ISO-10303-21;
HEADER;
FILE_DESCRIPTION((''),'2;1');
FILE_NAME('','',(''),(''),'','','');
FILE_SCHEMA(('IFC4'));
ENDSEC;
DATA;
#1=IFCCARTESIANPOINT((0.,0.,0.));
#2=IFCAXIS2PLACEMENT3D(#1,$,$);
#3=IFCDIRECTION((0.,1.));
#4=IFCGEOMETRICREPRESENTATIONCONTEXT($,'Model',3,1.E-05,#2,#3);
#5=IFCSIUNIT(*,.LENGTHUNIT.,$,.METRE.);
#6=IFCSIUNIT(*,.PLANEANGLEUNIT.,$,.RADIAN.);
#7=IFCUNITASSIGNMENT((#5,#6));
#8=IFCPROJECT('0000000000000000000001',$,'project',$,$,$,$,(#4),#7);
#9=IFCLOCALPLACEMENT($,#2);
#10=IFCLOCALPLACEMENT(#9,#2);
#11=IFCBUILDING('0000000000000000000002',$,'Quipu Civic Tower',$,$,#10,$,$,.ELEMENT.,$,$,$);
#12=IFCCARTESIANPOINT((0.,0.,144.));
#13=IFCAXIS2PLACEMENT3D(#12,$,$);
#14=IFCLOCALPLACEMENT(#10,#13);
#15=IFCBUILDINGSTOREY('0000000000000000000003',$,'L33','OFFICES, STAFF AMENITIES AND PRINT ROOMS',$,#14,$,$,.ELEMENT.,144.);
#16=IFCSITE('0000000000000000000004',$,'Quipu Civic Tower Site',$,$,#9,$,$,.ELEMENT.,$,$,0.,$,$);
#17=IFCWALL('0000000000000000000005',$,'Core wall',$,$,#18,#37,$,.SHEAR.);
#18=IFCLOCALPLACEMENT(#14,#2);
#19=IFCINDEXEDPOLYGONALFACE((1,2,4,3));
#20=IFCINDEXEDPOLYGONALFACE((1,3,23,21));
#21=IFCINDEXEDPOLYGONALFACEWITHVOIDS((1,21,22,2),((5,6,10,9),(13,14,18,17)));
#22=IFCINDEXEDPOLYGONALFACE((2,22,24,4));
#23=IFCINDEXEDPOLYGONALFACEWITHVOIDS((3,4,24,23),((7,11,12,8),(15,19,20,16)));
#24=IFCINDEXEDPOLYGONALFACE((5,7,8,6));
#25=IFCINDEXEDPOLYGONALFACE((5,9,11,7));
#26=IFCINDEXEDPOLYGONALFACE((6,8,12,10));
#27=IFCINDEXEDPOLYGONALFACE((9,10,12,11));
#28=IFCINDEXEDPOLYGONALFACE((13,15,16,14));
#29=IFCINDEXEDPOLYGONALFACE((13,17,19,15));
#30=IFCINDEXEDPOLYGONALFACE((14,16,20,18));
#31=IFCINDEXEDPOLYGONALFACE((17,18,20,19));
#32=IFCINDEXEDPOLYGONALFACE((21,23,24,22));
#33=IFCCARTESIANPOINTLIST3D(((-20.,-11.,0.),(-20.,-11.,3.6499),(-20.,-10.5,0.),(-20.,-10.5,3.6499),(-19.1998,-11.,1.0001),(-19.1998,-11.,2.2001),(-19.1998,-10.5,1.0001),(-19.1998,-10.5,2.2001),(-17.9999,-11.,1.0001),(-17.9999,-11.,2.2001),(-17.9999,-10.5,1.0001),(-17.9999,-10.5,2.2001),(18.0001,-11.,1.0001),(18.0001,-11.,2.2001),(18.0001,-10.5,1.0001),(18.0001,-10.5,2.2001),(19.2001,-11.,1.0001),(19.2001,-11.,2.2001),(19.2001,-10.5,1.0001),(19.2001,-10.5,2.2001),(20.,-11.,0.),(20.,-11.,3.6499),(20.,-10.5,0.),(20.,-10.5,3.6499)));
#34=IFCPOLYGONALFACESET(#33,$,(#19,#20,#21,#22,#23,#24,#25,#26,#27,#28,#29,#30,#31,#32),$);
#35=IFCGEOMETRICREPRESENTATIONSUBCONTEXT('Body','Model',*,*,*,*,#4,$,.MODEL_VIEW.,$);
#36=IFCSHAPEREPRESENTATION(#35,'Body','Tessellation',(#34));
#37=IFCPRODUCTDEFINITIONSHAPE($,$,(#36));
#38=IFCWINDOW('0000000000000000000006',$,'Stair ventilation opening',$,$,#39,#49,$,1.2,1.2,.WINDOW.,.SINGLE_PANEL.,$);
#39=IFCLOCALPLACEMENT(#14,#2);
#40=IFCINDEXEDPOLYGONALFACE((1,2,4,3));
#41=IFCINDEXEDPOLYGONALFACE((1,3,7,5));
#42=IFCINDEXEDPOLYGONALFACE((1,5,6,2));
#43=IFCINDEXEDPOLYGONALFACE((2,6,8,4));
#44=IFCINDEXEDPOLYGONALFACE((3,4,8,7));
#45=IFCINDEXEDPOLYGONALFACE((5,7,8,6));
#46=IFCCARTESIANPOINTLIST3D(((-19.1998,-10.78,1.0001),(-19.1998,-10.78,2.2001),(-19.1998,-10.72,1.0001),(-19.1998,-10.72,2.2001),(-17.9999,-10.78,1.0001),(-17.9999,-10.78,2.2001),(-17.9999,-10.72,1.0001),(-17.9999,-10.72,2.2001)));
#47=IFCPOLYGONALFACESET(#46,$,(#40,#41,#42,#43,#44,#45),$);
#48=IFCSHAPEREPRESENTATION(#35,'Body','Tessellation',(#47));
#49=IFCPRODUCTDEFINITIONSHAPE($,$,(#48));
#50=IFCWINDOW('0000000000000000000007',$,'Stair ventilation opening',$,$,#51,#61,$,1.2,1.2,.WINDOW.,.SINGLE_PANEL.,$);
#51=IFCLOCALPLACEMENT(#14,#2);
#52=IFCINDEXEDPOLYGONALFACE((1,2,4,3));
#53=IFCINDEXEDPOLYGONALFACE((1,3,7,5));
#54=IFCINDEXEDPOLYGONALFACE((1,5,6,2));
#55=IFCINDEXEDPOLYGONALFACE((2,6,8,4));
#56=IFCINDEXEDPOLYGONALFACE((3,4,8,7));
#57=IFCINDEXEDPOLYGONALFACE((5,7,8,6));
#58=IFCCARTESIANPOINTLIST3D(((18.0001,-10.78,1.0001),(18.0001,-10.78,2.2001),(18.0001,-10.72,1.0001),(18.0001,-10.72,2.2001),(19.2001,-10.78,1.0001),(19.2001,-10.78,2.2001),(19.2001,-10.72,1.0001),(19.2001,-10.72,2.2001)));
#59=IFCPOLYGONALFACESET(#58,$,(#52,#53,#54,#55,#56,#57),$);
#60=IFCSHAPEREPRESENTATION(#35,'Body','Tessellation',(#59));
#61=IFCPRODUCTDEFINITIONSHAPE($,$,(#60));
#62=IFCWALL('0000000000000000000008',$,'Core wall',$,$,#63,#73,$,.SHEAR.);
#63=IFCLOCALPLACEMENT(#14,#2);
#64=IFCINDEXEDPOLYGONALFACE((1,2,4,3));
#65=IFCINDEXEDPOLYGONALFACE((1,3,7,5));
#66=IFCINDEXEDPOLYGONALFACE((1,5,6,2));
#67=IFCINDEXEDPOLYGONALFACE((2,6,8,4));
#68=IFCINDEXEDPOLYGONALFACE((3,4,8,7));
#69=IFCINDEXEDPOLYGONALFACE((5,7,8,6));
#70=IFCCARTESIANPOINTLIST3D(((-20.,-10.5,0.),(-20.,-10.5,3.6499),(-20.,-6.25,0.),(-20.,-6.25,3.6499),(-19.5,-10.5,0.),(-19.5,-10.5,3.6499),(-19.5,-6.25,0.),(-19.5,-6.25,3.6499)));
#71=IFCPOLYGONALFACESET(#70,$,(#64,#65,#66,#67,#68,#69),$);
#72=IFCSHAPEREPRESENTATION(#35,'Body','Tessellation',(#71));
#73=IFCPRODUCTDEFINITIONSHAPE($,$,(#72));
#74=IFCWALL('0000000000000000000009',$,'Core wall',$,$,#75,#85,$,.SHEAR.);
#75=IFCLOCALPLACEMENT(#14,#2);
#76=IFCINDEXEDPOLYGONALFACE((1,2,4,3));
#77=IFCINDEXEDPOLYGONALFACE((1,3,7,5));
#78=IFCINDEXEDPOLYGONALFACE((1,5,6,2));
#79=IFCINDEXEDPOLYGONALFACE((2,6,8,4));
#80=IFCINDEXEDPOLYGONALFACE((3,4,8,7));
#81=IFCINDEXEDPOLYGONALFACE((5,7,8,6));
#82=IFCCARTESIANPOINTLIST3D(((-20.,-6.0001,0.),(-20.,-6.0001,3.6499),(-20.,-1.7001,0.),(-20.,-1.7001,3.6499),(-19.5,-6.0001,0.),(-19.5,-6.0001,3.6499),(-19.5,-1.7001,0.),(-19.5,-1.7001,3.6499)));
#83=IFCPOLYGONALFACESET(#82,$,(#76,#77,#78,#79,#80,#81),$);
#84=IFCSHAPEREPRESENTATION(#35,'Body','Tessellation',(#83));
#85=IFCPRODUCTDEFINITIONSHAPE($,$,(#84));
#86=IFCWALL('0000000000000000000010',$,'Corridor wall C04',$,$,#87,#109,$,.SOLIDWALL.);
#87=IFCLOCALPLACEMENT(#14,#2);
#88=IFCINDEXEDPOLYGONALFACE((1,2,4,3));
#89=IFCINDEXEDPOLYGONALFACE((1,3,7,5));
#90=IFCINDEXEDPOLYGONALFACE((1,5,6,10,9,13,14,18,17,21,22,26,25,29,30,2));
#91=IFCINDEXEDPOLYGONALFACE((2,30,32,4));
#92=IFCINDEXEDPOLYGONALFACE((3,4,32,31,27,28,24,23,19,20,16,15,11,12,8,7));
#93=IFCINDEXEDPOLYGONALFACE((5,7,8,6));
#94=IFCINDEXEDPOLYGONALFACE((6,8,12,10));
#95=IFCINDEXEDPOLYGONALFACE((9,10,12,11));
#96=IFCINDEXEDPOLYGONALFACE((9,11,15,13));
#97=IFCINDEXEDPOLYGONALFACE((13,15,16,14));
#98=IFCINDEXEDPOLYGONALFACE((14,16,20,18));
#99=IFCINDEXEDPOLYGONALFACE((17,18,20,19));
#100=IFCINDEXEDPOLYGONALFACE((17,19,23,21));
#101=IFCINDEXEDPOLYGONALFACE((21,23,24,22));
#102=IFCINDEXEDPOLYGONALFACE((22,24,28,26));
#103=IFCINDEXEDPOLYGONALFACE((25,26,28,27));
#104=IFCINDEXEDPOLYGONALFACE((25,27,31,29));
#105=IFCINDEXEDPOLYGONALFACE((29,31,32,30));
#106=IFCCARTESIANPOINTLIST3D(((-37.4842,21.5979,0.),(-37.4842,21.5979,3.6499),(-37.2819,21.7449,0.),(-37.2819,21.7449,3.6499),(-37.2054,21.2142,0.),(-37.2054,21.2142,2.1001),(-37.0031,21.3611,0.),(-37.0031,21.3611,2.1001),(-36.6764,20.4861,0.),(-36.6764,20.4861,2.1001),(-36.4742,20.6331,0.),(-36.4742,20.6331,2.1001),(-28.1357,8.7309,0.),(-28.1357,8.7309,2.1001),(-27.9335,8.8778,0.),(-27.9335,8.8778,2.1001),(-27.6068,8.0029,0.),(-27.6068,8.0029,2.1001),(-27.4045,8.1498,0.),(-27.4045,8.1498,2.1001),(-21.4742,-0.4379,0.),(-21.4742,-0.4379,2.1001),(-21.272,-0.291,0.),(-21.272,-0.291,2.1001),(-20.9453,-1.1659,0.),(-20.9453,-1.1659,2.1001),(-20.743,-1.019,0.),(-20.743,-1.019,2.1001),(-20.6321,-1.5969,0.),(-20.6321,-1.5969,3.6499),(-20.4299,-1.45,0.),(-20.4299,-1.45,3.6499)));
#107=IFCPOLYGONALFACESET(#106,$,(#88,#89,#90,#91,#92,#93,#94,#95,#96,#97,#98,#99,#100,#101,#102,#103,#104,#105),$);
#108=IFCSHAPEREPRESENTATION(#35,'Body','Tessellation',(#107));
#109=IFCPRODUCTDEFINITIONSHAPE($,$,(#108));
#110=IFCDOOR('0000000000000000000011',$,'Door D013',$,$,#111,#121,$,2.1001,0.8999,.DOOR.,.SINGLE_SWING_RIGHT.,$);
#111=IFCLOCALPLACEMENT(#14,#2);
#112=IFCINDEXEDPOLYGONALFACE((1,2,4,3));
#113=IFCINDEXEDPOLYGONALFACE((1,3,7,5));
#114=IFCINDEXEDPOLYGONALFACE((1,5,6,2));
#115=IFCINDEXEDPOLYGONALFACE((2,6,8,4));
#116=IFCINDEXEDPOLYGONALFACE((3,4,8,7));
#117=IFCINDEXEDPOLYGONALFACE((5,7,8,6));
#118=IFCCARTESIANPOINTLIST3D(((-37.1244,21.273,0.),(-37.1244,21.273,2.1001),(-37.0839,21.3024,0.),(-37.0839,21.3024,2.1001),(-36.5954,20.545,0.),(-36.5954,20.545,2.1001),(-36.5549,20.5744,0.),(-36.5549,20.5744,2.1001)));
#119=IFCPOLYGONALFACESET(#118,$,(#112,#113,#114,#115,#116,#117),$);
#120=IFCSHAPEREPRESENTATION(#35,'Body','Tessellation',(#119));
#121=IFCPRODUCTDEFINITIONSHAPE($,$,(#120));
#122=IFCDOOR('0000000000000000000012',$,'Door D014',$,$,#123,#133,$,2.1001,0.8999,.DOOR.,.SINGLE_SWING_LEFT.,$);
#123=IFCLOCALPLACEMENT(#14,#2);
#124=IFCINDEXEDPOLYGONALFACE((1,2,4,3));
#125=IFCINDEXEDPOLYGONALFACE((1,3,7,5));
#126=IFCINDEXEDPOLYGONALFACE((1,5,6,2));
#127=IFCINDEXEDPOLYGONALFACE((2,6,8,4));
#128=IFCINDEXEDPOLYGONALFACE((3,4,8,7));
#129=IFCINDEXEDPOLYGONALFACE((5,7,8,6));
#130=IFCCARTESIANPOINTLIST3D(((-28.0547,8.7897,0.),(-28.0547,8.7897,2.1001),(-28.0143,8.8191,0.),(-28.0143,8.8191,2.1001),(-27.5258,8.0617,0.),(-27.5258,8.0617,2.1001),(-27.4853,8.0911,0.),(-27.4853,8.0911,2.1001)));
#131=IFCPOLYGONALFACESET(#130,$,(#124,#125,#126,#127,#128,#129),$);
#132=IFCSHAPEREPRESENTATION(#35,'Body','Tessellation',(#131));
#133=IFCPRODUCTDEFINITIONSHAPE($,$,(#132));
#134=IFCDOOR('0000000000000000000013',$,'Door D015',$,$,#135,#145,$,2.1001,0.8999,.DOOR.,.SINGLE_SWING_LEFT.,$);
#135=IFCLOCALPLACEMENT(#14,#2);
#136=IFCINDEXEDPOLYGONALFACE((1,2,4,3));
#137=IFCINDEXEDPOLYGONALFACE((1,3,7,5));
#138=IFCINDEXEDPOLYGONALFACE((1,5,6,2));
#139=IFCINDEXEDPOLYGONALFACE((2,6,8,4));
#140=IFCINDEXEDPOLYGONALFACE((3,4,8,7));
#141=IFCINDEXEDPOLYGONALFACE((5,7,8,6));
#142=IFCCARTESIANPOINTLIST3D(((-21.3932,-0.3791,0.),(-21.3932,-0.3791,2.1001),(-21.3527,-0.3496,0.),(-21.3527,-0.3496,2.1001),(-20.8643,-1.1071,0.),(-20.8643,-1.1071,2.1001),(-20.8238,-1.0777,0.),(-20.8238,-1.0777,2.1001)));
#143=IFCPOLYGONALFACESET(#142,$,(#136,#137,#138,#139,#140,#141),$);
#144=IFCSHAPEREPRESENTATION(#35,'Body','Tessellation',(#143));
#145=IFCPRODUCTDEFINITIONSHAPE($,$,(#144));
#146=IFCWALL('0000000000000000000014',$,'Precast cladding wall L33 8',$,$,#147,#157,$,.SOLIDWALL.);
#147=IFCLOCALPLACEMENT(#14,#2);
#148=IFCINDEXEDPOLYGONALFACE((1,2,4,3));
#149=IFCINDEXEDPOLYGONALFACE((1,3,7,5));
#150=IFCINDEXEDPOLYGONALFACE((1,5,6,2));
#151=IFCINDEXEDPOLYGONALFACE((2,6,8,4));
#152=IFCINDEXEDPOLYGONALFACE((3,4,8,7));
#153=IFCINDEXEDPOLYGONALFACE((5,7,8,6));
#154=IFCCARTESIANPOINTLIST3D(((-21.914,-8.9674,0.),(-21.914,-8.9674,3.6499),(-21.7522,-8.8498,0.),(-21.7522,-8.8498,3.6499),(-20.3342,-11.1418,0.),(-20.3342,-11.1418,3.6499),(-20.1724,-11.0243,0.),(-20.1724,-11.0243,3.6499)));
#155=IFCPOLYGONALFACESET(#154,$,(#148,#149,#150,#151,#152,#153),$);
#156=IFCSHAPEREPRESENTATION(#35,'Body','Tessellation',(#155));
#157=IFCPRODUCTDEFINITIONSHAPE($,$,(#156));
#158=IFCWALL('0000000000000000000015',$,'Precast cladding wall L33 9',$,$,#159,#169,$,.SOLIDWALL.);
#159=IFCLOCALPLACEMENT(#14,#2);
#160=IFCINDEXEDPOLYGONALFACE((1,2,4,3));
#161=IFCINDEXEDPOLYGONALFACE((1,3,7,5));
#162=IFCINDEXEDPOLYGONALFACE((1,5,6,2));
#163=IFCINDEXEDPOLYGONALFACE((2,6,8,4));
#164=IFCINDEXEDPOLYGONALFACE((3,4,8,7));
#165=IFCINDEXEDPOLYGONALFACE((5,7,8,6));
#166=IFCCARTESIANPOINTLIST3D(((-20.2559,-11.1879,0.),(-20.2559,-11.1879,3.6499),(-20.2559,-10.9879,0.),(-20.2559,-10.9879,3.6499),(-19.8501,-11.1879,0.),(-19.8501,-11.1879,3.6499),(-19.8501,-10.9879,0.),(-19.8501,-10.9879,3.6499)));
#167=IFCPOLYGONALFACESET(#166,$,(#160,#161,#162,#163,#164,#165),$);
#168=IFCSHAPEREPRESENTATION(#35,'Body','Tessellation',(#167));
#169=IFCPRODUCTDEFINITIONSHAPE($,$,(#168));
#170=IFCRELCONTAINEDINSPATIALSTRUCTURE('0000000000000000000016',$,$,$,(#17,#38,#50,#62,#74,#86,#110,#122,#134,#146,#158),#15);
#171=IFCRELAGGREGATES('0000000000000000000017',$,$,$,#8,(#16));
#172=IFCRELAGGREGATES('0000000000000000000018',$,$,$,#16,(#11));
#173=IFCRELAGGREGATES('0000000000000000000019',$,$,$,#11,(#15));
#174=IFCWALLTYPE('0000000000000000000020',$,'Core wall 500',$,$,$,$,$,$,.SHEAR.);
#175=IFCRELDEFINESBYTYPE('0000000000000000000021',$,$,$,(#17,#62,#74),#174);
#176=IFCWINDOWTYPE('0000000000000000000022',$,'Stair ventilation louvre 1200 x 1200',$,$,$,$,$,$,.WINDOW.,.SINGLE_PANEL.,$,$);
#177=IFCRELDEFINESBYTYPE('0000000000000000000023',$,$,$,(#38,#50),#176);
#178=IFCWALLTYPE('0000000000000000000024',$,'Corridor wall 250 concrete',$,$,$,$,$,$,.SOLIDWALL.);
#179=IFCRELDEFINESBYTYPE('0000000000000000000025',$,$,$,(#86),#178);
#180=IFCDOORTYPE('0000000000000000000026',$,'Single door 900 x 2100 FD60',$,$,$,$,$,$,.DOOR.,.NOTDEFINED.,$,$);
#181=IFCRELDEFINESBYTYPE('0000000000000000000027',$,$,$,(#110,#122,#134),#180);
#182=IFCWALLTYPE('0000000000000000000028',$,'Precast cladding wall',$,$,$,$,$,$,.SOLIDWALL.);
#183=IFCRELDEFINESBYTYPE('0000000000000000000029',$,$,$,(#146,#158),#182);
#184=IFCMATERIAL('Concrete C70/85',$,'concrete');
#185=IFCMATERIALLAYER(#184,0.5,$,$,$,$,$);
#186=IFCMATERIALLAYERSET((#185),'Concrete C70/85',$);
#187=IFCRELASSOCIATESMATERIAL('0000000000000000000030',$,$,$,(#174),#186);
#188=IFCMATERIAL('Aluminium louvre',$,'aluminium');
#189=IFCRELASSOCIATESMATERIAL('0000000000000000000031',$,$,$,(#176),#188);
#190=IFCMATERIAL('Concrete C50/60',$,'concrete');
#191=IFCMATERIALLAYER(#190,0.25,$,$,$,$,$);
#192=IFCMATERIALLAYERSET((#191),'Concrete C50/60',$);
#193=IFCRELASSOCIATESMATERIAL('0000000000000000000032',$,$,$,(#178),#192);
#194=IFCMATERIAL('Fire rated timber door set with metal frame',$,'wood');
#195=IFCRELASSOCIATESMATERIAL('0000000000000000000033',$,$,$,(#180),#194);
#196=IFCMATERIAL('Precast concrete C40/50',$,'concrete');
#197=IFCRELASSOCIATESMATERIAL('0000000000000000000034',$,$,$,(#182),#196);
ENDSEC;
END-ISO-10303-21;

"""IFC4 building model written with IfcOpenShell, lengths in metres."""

from ifc_helpers import new_model, si_unit, direction, frame, frame_2d, origin, place, context, subcontext, project, spatial, rectangle, extrude, material, layer, layer_set, type_object, element, fill, save


model = new_model("IFC4")

# Units and contexts
model_context = context("Model", 3, precision=1e-05, world=origin(), true_north=direction((0.0, 1.0)))
body_context = subcontext(model_context, "Body", "Model", "MODEL_VIEW")
ifc_project = project(units=[si_unit("LENGTHUNIT", "METRE"), si_unit("PLANEANGLEUNIT", "RADIAN")], contexts=[model_context])

# Site, building, storey
site_placement = place(None, origin())
site = spatial("IfcSite", under=ifc_project, at=site_placement, Name="Quipu Civic Tower Site", CompositionType="ELEMENT", RefElevation=0.0)
building_placement = place(site_placement, origin())
building = spatial("IfcBuilding", under=site, at=building_placement, Name="Quipu Civic Tower", CompositionType="ELEMENT")
storey_placement = place(building_placement, frame((0.0, 0.0, 144.0)))
storey = spatial("IfcBuildingStorey", under=building, at=storey_placement, Name="L33", Description="OFFICES, STAFF AMENITIES AND PRINT ROOMS", CompositionType="ELEMENT", Elevation=144.0)

# Wall, openings, windows
ifc_material_1 = material(Name="Concrete C70/85", Category="concrete")
ifc_layer_1 = layer(ifc_material_1, 0.5)
ifc_layer_set_1 = layer_set([ifc_layer_1], Name="Concrete C70/85")
wall_type_1 = type_object("IfcWallType", Name="Core wall 500", PredefinedType="SHEAR", material=ifc_layer_set_1)
wall_1_placement = place(storey_placement, frame((-20.0, -10.75, 0.0), z_axis=(0.0, 0.0, 1.0), x_axis=(1.0, 0.0, 0.0)))
wall_1 = element("IfcWall", 1, at=wall_1_placement, inside=storey, type_object=wall_type_1, Name="Core wall", PredefinedType="SHEAR", context=body_context, shape_type="SweptSolid", body=[
    extrude(rectangle(XDim=40.0, YDim=0.5, at=frame_2d((20.0, 0.0))), origin(), (0.0, 0.0, 1.0), 3.6499),
])
opening_1_placement = place(wall_1_placement, frame((0.8, 0.0, 1.0)))
opening_1 = element("IfcOpeningElement", 2, at=opening_1_placement, cuts=wall_1, PredefinedType="OPENING", context=body_context, shape_type="SweptSolid", body=[
    extrude(rectangle(XDim=1.2, YDim=1.2, at=frame_2d((0.6001, 0.6001))), frame((0.0, 0.26, 0.0), z_axis=(0.0, -1.0, 0.0), x_axis=(1.0, 0.0, 0.0)), (0.0, 0.0, 1.0), 0.52),
])
opening_2_placement = place(wall_1_placement, frame((38.0, 0.0, 1.0)))
opening_2 = element("IfcOpeningElement", 3, at=opening_2_placement, cuts=wall_1, PredefinedType="OPENING", context=body_context, shape_type="SweptSolid", body=[
    extrude(rectangle(XDim=1.2, YDim=1.2, at=frame_2d((0.6001, 0.6001))), frame((0.0, 0.26, 0.0), z_axis=(0.0, -1.0, 0.0), x_axis=(1.0, 0.0, 0.0)), (0.0, 0.0, 1.0), 0.52),
])
ifc_material_2 = material(Name="Aluminium louvre", Category="aluminium")
window_type = type_object("IfcWindowType", Name="Stair ventilation louvre 1200 x 1200", PartitioningType="SINGLE_PANEL", PredefinedType="WINDOW", material=ifc_material_2)
window_1_placement = place(opening_1_placement, origin())
window_1 = element("IfcWindow", 4, at=window_1_placement, inside=storey, type_object=window_type, Name="Stair ventilation opening", OverallHeight=1.2, OverallWidth=1.2, PartitioningType="SINGLE_PANEL", PredefinedType="WINDOW", context=body_context, shape_type="SweptSolid", body=[
    extrude(rectangle(XDim=1.2, YDim=1.2, at=frame_2d((0.6001, 0.6001))), frame((0.0, 0.03, 0.0), z_axis=(0.0, -1.0, 0.0), x_axis=(1.0, 0.0, 0.0)), (0.0, 0.0, 1.0), 0.0601),
])
fill(opening_1, window_1)
window_2_placement = place(opening_2_placement, origin())
window_2 = element("IfcWindow", 5, at=window_2_placement, inside=storey, type_object=window_type, Name="Stair ventilation opening", OverallHeight=1.2, OverallWidth=1.2, PartitioningType="SINGLE_PANEL", PredefinedType="WINDOW", context=body_context, shape_type="SweptSolid", body=[
    extrude(rectangle(XDim=1.2, YDim=1.2, at=frame_2d((0.6001, 0.6001))), frame((0.0, 0.03, 0.0), z_axis=(0.0, -1.0, 0.0), x_axis=(1.0, 0.0, 0.0)), (0.0, 0.0, 1.0), 0.0601),
])
fill(opening_2, window_2)

# Walls
wall_2_placement = place(storey_placement, frame((-19.75, -10.5, 0.0), z_axis=(0.0, 0.0, 1.0), x_axis=(0.0, 1.0, 0.0)))
element("IfcWall", 6, at=wall_2_placement, inside=storey, type_object=wall_type_1, Name="Core wall", PredefinedType="SHEAR", context=body_context, shape_type="SweptSolid", body=[
    extrude(rectangle(XDim=4.25, YDim=0.5, at=frame_2d((2.125, 0.0))), origin(), (0.0, 0.0, 1.0), 3.6499),
])
wall_3_placement = place(storey_placement, frame((-19.75, -6.0, 0.0), z_axis=(0.0, 0.0, 1.0), x_axis=(0.0, 1.0, 0.0)))
element("IfcWall", 7, at=wall_3_placement, inside=storey, type_object=wall_type_1, Name="Core wall", PredefinedType="SHEAR", context=body_context, shape_type="SweptSolid", body=[
    extrude(rectangle(XDim=4.3, YDim=0.5, at=frame_2d((2.1499, 0.0))), origin(), (0.0, 0.0, 1.0), 3.6499),
])

# Wall, openings, doors
ifc_material_3 = material(Name="Concrete C50/60", Category="concrete")
ifc_layer_2 = layer(ifc_material_3, 0.25)
ifc_layer_set_2 = layer_set([ifc_layer_2], Name="Concrete C50/60")
wall_type_2 = type_object("IfcWallType", Name="Corridor wall 250 concrete", PredefinedType="SOLIDWALL", material=ifc_layer_set_2)
wall_4_placement = place(storey_placement, frame((-20.531, -1.5234, 0.0), z_axis=(0.0, 0.0, 1.0), x_axis=(-0.587786, 0.809017, 0.0)))
wall_4 = element("IfcWall", 8, at=wall_4_placement, inside=storey, type_object=wall_type_2, Name="Corridor wall C04", PredefinedType="SOLIDWALL", context=body_context, shape_type="SweptSolid", body=[
    extrude(rectangle(XDim=28.6704, YDim=0.25, at=frame_2d((14.3352, 0.0))), origin(), (0.0, 0.0, 1.0), 3.6499),
])
opening_3_placement = place(wall_4_placement, frame((27.2961, 0.0, 0.0)))
opening_3 = element("IfcOpeningElement", 9, at=opening_3_placement, cuts=wall_4, PredefinedType="OPENING", context=body_context, shape_type="SweptSolid", body=[
    extrude(rectangle(XDim=0.8999, YDim=2.1001, at=frame_2d((0.45, 1.05))), frame((0.0, 0.135, 0.0), z_axis=(0.0, -1.0, 0.0), x_axis=(1.0, 0.0, 0.0)), (0.0, 0.0, 1.0), 0.27),
])
opening_4_placement = place(wall_4_placement, frame((11.866, 0.0, 0.0)))
opening_4 = element("IfcOpeningElement", 10, at=opening_4_placement, cuts=wall_4, PredefinedType="OPENING", context=body_context, shape_type="SweptSolid", body=[
    extrude(rectangle(XDim=0.8999, YDim=2.1001, at=frame_2d((0.45, 1.05))), frame((0.0, 0.135, 0.0), z_axis=(0.0, -1.0, 0.0), x_axis=(1.0, 0.0, 0.0)), (0.0, 0.0, 1.0), 0.27),
])
opening_5_placement = place(wall_4_placement, frame((0.5327, 0.0, 0.0)))
opening_5 = element("IfcOpeningElement", 11, at=opening_5_placement, cuts=wall_4, PredefinedType="OPENING", context=body_context, shape_type="SweptSolid", body=[
    extrude(rectangle(XDim=0.8999, YDim=2.1001, at=frame_2d((0.45, 1.05))), frame((0.0, 0.135, 0.0), z_axis=(0.0, -1.0, 0.0), x_axis=(1.0, 0.0, 0.0)), (0.0, 0.0, 1.0), 0.27),
])
ifc_material_4 = material(Name="Fire rated timber door set with metal frame", Category="wood")
door_type_1 = type_object("IfcDoorType", Name="Single door 900 x 2100 FD60", OperationType="NOTDEFINED", PredefinedType="DOOR", material=ifc_material_4)
door_1_placement = place(opening_3_placement, origin())
door_1 = element("IfcDoor", 12, at=door_1_placement, inside=storey, type_object=door_type_1, Name="Door D013", OperationType="SINGLE_SWING_RIGHT", OverallHeight=2.1001, OverallWidth=0.8999, PredefinedType="DOOR", context=body_context, shape_type="SweptSolid", body=[
    extrude(rectangle(XDim=0.8999, YDim=2.1001, at=frame_2d((0.45, 1.05))), frame((0.0, 0.0249, 0.0), z_axis=(0.0, -1.0, 0.0), x_axis=(1.0, 0.0, 0.0)), (0.0, 0.0, 1.0), 0.05),
])
fill(opening_3, door_1)
door_2_placement = place(opening_4_placement, origin())
door_2 = element("IfcDoor", 13, at=door_2_placement, inside=storey, type_object=door_type_1, Name="Door D014", OperationType="SINGLE_SWING_LEFT", OverallHeight=2.1001, OverallWidth=0.8999, PredefinedType="DOOR", context=body_context, shape_type="SweptSolid", body=[
    extrude(rectangle(XDim=0.8999, YDim=2.1001, at=frame_2d((0.45, 1.05))), frame((0.0, 0.0249, 0.0), z_axis=(0.0, -1.0, 0.0), x_axis=(1.0, 0.0, 0.0)), (0.0, 0.0, 1.0), 0.05),
])
fill(opening_4, door_2)
door_3_placement = place(opening_5_placement, origin())
door_3 = element("IfcDoor", 14, at=door_3_placement, inside=storey, type_object=door_type_1, Name="Door D015", OperationType="SINGLE_SWING_LEFT", OverallHeight=2.1001, OverallWidth=0.8999, PredefinedType="DOOR", context=body_context, shape_type="SweptSolid", body=[
    extrude(rectangle(XDim=0.8999, YDim=2.1001, at=frame_2d((0.45, 1.05))), frame((0.0, 0.0249, 0.0), z_axis=(0.0, -1.0, 0.0), x_axis=(1.0, 0.0, 0.0)), (0.0, 0.0, 1.0), 0.05),
])
fill(opening_5, door_3)

# Walls
ifc_material_5 = material(Name="Precast concrete C40/50", Category="concrete")
wall_type_3 = type_object("IfcWallType", Name="Precast cladding wall", PredefinedType="SOLIDWALL", material=ifc_material_5)
wall_5_placement = place(storey_placement, frame((-21.833, -8.9087, 0.0), z_axis=(0.0, 0.0, 1.0), x_axis=(0.587767, -0.809031, 0.0)))
element("IfcWall", 15, at=wall_5_placement, inside=storey, type_object=wall_type_3, Name="Precast cladding wall L33 8", PredefinedType="SOLIDWALL", context=body_context, shape_type="SweptSolid", body=[
    extrude(rectangle(XDim=2.6877, YDim=0.2, at=frame_2d((1.3438, 0.0))), origin(), (0.0, 0.0, 1.0), 3.6499),
])
wall_6_placement = place(storey_placement, frame((-20.2559, -11.0879, 0.0), z_axis=(0.0, 0.0, 1.0), x_axis=(1.0, 0.0, 0.0)))
element("IfcWall", 16, at=wall_6_placement, inside=storey, type_object=wall_type_3, Name="Precast cladding wall L33 9", PredefinedType="SOLIDWALL", context=body_context, shape_type="SweptSolid", body=[
    extrude(rectangle(XDim=0.4058, YDim=0.2, at=frame_2d((0.2029, 0.0))), origin(), (0.0, 0.0, 1.0), 3.6499),
])

save(model, "model.ifc")
